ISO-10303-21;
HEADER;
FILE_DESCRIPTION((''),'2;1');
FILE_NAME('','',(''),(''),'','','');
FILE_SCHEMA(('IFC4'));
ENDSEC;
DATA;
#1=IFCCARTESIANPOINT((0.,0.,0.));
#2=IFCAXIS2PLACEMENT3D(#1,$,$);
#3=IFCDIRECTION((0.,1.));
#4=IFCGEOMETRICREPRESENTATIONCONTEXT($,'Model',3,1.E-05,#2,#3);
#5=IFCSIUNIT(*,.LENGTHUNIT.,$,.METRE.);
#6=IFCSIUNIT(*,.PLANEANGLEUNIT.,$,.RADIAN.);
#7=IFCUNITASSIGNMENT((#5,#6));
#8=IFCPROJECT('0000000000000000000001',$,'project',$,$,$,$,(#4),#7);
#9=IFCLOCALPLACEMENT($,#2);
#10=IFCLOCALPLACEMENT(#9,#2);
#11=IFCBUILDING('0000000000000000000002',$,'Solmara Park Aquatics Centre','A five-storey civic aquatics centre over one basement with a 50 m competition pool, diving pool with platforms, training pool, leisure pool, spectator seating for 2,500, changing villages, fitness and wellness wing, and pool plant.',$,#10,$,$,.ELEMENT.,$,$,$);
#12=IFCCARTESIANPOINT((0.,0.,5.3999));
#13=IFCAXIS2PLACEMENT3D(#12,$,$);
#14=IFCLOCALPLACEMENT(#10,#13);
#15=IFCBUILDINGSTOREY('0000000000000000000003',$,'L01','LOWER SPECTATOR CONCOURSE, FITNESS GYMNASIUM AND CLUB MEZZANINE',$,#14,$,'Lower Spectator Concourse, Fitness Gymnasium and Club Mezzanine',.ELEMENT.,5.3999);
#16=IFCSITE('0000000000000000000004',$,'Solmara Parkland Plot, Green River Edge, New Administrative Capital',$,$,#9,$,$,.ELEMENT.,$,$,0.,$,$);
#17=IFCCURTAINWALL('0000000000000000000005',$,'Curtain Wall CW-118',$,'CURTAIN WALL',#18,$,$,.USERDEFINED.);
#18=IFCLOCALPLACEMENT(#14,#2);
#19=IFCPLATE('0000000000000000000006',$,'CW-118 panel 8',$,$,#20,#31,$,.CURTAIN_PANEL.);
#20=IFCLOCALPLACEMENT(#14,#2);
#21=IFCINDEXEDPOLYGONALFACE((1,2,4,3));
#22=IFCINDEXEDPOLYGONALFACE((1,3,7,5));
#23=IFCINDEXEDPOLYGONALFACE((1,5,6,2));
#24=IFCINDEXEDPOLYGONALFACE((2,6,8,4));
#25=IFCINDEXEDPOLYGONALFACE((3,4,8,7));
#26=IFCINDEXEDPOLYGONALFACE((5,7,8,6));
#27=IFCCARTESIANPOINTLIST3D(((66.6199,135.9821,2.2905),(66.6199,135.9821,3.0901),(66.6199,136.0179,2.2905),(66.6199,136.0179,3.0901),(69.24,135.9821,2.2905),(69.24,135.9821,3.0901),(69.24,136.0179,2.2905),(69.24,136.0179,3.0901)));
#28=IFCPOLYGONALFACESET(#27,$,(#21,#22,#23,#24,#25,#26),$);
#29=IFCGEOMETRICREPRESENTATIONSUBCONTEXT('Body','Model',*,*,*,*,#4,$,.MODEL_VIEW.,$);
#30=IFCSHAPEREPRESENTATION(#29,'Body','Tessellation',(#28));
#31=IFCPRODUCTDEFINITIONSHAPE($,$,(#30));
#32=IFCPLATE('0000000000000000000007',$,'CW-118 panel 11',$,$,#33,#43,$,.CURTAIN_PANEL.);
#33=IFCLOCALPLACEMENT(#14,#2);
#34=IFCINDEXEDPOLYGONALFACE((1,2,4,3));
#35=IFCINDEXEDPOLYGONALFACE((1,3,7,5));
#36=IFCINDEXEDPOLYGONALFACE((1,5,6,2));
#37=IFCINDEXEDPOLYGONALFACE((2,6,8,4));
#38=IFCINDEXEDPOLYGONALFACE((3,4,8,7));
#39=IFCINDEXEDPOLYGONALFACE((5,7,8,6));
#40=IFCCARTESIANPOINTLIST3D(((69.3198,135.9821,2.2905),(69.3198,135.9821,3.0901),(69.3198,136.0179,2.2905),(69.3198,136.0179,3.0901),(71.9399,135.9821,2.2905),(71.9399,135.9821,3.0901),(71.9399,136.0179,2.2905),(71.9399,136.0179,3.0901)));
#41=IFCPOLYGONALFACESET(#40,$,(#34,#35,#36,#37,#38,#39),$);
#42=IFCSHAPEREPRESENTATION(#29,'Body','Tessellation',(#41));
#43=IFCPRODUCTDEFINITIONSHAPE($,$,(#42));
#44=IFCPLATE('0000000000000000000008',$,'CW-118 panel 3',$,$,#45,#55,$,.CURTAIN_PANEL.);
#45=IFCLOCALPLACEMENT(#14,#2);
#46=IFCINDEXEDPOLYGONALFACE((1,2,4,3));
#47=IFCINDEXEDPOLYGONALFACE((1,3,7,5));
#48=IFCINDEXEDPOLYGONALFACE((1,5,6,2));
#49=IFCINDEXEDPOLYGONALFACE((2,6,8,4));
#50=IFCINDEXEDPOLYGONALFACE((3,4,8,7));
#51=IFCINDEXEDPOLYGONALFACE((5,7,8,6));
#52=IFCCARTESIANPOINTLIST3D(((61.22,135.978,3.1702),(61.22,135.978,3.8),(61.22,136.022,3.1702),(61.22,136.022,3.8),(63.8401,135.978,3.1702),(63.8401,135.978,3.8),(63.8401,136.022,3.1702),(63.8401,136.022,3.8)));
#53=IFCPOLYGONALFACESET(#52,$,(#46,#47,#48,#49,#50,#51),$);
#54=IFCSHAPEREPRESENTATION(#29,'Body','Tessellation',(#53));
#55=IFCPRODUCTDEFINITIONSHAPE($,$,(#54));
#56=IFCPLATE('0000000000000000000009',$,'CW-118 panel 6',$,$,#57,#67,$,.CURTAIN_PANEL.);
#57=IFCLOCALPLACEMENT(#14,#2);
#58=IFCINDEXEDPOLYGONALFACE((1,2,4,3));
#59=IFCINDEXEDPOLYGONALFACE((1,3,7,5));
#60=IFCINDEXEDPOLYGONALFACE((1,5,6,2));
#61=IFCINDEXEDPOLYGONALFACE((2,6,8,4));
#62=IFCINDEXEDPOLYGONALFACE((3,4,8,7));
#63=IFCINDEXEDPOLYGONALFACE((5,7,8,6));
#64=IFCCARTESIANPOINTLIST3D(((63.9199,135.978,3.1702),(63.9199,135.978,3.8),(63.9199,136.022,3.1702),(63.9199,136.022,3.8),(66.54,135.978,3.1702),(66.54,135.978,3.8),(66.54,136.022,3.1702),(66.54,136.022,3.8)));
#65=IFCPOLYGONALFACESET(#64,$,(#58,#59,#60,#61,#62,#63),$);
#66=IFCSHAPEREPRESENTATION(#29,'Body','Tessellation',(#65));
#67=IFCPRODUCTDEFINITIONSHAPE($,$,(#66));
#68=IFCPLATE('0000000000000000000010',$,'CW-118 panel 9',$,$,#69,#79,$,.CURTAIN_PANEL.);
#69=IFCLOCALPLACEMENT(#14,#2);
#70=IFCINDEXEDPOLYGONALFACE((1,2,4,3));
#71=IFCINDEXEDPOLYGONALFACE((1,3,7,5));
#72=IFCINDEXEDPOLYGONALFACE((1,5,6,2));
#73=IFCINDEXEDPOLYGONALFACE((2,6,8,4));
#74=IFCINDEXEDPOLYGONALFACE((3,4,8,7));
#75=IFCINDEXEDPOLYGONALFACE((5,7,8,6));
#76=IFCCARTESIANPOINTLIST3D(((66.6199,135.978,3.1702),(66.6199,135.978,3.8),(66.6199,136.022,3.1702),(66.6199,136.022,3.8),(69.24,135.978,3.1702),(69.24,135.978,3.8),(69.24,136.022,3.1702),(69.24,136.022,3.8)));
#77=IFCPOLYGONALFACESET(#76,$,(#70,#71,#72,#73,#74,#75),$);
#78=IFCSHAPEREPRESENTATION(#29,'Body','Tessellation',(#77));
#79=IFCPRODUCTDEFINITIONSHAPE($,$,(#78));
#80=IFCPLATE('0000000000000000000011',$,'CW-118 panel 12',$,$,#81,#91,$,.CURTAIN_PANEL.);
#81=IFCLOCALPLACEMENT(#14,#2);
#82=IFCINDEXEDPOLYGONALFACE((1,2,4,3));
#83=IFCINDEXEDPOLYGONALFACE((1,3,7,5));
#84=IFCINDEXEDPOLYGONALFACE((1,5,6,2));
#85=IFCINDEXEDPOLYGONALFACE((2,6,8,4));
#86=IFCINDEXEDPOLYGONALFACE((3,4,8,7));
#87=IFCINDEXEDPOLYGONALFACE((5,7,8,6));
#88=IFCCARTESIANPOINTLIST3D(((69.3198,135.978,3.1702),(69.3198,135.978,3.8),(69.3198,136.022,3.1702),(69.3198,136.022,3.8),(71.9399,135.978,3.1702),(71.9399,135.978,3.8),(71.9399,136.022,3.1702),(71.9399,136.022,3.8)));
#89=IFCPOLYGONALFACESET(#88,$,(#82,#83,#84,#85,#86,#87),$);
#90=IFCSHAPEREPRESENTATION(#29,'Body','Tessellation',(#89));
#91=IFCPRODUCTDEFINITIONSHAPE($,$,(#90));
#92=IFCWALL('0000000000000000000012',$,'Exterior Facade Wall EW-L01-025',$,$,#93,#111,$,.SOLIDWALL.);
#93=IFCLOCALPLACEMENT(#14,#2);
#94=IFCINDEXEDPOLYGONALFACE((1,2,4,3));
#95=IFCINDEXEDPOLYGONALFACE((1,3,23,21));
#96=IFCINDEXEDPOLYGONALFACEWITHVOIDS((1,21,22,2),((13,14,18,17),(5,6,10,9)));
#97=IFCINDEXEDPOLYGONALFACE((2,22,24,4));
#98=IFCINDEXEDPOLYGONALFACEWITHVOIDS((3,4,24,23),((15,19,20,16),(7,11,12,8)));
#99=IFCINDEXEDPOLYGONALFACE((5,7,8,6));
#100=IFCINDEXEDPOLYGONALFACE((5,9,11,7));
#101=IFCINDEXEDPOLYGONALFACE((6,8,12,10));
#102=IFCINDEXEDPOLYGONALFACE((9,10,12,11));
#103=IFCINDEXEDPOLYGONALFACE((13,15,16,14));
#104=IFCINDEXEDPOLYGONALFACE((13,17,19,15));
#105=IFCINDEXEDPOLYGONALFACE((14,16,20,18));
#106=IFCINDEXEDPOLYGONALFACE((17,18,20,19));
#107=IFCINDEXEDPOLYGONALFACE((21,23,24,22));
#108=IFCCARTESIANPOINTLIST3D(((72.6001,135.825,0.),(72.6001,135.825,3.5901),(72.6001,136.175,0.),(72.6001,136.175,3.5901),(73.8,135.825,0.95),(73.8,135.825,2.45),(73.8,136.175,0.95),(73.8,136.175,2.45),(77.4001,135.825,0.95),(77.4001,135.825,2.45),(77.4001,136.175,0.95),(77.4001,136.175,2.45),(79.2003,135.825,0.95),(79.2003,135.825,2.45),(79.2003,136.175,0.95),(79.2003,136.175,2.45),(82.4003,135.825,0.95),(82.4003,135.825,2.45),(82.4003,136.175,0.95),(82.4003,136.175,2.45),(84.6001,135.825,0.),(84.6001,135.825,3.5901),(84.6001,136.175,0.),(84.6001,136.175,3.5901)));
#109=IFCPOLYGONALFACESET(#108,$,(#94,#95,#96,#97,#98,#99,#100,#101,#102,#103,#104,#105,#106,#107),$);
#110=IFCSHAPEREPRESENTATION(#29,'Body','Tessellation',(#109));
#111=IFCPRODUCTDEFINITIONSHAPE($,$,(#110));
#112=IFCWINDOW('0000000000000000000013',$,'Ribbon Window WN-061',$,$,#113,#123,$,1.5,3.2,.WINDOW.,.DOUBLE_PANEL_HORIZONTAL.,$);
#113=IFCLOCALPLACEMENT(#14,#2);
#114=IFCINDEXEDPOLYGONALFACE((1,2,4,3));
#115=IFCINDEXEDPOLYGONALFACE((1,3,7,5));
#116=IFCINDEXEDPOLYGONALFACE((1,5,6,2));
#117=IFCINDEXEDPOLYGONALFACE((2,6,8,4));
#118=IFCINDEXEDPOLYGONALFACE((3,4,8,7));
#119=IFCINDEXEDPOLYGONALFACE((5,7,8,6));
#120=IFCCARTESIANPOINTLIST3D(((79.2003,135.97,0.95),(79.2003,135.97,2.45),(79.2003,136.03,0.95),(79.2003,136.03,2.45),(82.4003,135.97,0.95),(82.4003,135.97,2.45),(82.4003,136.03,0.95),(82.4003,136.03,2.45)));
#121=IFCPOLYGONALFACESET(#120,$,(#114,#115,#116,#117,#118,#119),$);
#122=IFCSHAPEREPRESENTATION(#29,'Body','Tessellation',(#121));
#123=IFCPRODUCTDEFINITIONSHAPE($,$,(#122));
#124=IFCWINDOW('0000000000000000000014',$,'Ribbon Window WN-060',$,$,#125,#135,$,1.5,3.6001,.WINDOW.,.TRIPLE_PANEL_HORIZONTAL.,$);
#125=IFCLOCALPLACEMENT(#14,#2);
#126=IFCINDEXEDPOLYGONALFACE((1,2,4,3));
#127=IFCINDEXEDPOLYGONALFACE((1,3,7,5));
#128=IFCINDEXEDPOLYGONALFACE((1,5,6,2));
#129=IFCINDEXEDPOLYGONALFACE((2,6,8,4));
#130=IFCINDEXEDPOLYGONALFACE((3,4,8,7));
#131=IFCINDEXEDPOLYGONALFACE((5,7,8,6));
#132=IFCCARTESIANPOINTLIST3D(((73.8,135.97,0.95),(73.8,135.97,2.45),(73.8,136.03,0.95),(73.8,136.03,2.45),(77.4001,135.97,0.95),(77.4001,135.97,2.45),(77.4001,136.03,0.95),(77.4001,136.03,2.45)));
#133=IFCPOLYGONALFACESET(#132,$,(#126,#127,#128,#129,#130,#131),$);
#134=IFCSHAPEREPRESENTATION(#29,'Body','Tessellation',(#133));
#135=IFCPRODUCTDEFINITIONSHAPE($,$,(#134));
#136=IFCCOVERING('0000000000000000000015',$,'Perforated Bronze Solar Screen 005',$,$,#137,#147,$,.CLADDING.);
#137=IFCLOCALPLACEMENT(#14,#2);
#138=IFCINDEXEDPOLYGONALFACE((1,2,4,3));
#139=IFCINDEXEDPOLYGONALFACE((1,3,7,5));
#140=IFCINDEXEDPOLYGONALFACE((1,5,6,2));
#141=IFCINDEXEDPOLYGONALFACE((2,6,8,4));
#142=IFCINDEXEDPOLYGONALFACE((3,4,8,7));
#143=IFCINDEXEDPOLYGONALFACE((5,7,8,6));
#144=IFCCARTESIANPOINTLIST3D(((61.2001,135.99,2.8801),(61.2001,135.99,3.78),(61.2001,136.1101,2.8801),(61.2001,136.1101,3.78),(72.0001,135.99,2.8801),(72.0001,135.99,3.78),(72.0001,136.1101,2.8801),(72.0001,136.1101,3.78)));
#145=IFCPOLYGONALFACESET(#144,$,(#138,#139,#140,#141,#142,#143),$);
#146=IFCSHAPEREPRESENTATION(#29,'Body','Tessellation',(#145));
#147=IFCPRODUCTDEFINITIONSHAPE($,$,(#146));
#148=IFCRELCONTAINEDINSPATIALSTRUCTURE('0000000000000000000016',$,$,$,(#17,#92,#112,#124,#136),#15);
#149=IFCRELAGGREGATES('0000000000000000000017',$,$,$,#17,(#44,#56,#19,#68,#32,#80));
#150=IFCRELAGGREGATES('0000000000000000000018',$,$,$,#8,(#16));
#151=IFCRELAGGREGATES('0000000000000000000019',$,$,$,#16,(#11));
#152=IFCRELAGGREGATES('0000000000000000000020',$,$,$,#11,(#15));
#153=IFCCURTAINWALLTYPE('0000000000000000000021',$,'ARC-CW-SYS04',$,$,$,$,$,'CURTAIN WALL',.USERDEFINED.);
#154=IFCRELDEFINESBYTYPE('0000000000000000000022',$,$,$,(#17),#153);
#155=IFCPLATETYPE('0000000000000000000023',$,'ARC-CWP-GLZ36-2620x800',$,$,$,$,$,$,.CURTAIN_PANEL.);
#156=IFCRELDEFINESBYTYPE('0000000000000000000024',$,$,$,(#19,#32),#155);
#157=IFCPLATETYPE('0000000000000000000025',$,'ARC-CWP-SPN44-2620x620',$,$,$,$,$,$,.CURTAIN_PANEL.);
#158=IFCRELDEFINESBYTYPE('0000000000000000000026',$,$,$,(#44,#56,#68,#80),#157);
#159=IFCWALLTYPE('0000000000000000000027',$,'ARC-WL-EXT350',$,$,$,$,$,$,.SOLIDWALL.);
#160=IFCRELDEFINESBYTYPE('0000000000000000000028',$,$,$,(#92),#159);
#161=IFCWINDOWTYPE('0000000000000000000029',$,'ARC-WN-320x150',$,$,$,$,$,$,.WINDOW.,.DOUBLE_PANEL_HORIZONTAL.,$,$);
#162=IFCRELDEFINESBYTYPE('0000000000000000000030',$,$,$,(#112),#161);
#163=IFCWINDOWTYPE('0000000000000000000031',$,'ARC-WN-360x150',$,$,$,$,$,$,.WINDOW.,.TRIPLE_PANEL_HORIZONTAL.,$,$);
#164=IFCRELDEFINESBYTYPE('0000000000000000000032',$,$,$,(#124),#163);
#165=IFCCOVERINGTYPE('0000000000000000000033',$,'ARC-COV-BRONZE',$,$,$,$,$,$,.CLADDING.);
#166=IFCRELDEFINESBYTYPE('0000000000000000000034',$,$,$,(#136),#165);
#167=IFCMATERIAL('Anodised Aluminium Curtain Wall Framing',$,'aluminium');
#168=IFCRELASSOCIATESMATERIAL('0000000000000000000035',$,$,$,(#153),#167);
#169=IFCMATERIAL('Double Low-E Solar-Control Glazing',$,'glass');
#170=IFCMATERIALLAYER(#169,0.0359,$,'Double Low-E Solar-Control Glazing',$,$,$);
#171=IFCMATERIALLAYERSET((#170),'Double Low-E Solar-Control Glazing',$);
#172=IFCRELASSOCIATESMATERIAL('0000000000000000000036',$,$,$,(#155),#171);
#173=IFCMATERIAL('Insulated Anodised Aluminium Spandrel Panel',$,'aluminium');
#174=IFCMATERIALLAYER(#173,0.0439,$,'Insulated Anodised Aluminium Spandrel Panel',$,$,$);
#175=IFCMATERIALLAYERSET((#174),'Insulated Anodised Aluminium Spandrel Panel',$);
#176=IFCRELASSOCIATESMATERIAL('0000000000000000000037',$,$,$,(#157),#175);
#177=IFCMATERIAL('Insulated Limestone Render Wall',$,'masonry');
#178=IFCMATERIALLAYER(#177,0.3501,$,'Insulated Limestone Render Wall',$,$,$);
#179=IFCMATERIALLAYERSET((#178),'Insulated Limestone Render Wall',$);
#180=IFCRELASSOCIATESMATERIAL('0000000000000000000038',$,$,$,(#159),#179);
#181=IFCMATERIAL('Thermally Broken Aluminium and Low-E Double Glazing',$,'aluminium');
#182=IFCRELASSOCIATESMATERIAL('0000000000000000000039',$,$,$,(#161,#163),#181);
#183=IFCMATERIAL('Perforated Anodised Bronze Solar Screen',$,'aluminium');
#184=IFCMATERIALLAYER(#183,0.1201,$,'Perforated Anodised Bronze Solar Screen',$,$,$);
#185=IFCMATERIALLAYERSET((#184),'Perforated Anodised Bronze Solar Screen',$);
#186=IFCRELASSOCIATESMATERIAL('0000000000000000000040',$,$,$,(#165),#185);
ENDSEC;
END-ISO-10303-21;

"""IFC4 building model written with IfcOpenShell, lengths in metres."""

from ifc_helpers import new_model, si_unit, direction, frame, frame_2d, origin, origin_2d, place, context, subcontext, project, spatial, rectangle, extrude, material, layer, layer_set, type_object, element, fill, aggregate, save


model = new_model("IFC4")

# Units and contexts
model_context = context("Model", 3, precision=1e-05, world=origin(), true_north=direction((0.0, 1.0)))
body_context = subcontext(model_context, "Body", "Model", "MODEL_VIEW")
ifc_project = project(units=[si_unit("LENGTHUNIT", "METRE"), si_unit("PLANEANGLEUNIT", "RADIAN")], contexts=[model_context])

# Site, building, storey
site_placement = place(None, origin())
site = spatial("IfcSite", under=ifc_project, at=site_placement, Name="Solmara Parkland Plot, Green River Edge, New Administrative Capital", CompositionType="ELEMENT", RefElevation=0.0)
building_placement = place(site_placement, origin())
building = spatial("IfcBuilding", under=site, at=building_placement, Name="Solmara Park Aquatics Centre", Description="A five-storey civic aquatics centre over one basement with a 50 m competition pool, diving pool with platforms, training pool, leisure pool, spectator seating for 2,500, changing villages, fitness and wellness wing, and pool plant.", CompositionType="ELEMENT")
storey_placement = place(building_placement, frame((0.0, 0.0, 5.3999)))
storey = spatial("IfcBuildingStorey", under=building, at=storey_placement, Name="L01", Description="LOWER SPECTATOR CONCOURSE, FITNESS GYMNASIUM AND CLUB MEZZANINE", LongName="Lower Spectator Concourse, Fitness Gymnasium and Club Mezzanine", CompositionType="ELEMENT", Elevation=5.3999)

# Curtain wall
ifc_material_1 = material(Name="Anodised Aluminium Curtain Wall Framing", Category="aluminium")
curtain_wall_type = type_object("IfcCurtainWallType", Name="ARC-CW-SYS04", ElementType="CURTAIN WALL", PredefinedType="USERDEFINED", material=ifc_material_1)
curtain_wall_placement = place(storey_placement, origin())
curtain_wall = element("IfcCurtainWall", 1, at=curtain_wall_placement, inside=storey, type_object=curtain_wall_type, Name="Curtain Wall CW-118", ObjectType="CURTAIN WALL", PredefinedType="USERDEFINED")

# Plates
ifc_material_2 = material(Name="Double Low-E Solar-Control Glazing", Category="glass")
ifc_layer_1 = layer(ifc_material_2, 0.0359, Name="Double Low-E Solar-Control Glazing")
ifc_layer_set_1 = layer_set([ifc_layer_1], Name="Double Low-E Solar-Control Glazing")
plate_type_1 = type_object("IfcPlateType", Name="ARC-CWP-GLZ36-2620x800", PredefinedType="CURTAIN_PANEL", material=ifc_layer_set_1)
plate_1_placement = place(storey_placement, frame((67.9299, 136.0, 2.2905), z_axis=(0.0, 0.0, 1.0), x_axis=(1.0, 0.0, 0.0)))
plate_1 = element("IfcPlate", 2, at=plate_1_placement, type_object=plate_type_1, Name="CW-118 panel 8", PredefinedType="CURTAIN_PANEL", context=body_context, shape_type="SweptSolid", body=[
    extrude(rectangle(XDim=2.6201, YDim=0.0359, at=origin_2d()), origin(), (0.0, 0.0, 1.0), 0.7996),
])
plate_2_placement = place(storey_placement, frame((70.6299, 136.0, 2.2905), z_axis=(0.0, 0.0, 1.0), x_axis=(1.0, 0.0, 0.0)))
plate_2 = element("IfcPlate", 3, at=plate_2_placement, type_object=plate_type_1, Name="CW-118 panel 11", PredefinedType="CURTAIN_PANEL", context=body_context, shape_type="SweptSolid", body=[
    extrude(rectangle(XDim=2.6201, YDim=0.0359, at=origin_2d()), origin(), (0.0, 0.0, 1.0), 0.7996),
])
ifc_material_3 = material(Name="Insulated Anodised Aluminium Spandrel Panel", Category="aluminium")
ifc_layer_2 = layer(ifc_material_3, 0.0439, Name="Insulated Anodised Aluminium Spandrel Panel")
ifc_layer_set_2 = layer_set([ifc_layer_2], Name="Insulated Anodised Aluminium Spandrel Panel")
plate_type_2 = type_object("IfcPlateType", Name="ARC-CWP-SPN44-2620x620", PredefinedType="CURTAIN_PANEL", material=ifc_layer_set_2)
plate_3_placement = place(storey_placement, frame((62.53, 136.0, 3.1702), z_axis=(0.0, 0.0, 1.0), x_axis=(1.0, 0.0, 0.0)))
plate_3 = element("IfcPlate", 4, at=plate_3_placement, type_object=plate_type_2, Name="CW-118 panel 3", PredefinedType="CURTAIN_PANEL", context=body_context, shape_type="SweptSolid", body=[
    extrude(rectangle(XDim=2.6201, YDim=0.0439, at=origin_2d()), origin(), (0.0, 0.0, 1.0), 0.6299),
])
plate_4_placement = place(storey_placement, frame((65.23, 136.0, 3.1702), z_axis=(0.0, 0.0, 1.0), x_axis=(1.0, 0.0, 0.0)))
plate_4 = element("IfcPlate", 5, at=plate_4_placement, type_object=plate_type_2, Name="CW-118 panel 6", PredefinedType="CURTAIN_PANEL", context=body_context, shape_type="SweptSolid", body=[
    extrude(rectangle(XDim=2.6201, YDim=0.0439, at=origin_2d()), origin(), (0.0, 0.0, 1.0), 0.6299),
])
plate_5_placement = place(storey_placement, frame((67.9299, 136.0, 3.1702), z_axis=(0.0, 0.0, 1.0), x_axis=(1.0, 0.0, 0.0)))
plate_5 = element("IfcPlate", 6, at=plate_5_placement, type_object=plate_type_2, Name="CW-118 panel 9", PredefinedType="CURTAIN_PANEL", context=body_context, shape_type="SweptSolid", body=[
    extrude(rectangle(XDim=2.6201, YDim=0.0439, at=origin_2d()), origin(), (0.0, 0.0, 1.0), 0.6299),
])
plate_6_placement = place(storey_placement, frame((70.6299, 136.0, 3.1702), z_axis=(0.0, 0.0, 1.0), x_axis=(1.0, 0.0, 0.0)))
plate_6 = element("IfcPlate", 7, at=plate_6_placement, type_object=plate_type_2, Name="CW-118 panel 12", PredefinedType="CURTAIN_PANEL", context=body_context, shape_type="SweptSolid", body=[
    extrude(rectangle(XDim=2.6201, YDim=0.0439, at=origin_2d()), origin(), (0.0, 0.0, 1.0), 0.6299),
])
aggregate(curtain_wall, [plate_3, plate_4, plate_1, plate_5, plate_2, plate_6])

# Wall, openings, windows
ifc_material_4 = material(Name="Insulated Limestone Render Wall", Category="masonry")
ifc_layer_3 = layer(ifc_material_4, 0.3501, Name="Insulated Limestone Render Wall")
ifc_layer_set_3 = layer_set([ifc_layer_3], Name="Insulated Limestone Render Wall")
wall_type = type_object("IfcWallType", Name="ARC-WL-EXT350", PredefinedType="SOLIDWALL", material=ifc_layer_set_3)
wall_placement = place(storey_placement, frame((72.6001, 136.0, 0.0), z_axis=(0.0, 0.0, 1.0), x_axis=(1.0, 0.0, 0.0)))
wall = element("IfcWall", 8, at=wall_placement, inside=storey, type_object=wall_type, Name="Exterior Facade Wall EW-L01-025", PredefinedType="SOLIDWALL", context=body_context, shape_type="SweptSolid", body=[
    extrude(rectangle(XDim=12.0, YDim=0.3501, at=frame_2d((6.0, 0.0))), origin(), (0.0, 0.0, 1.0), 3.5901),
])
opening_1_placement = place(wall_placement, frame((1.2, 0.0, 0.95)))
opening_1 = element("IfcOpeningElement", 9, at=opening_1_placement, cuts=wall, PredefinedType="OPENING", context=body_context, shape_type="SweptSolid", body=[
    extrude(rectangle(XDim=3.6001, YDim=1.5, at=frame_2d((1.8, 0.75))), frame((0.0, 0.1851, 0.0), z_axis=(0.0, -1.0, 0.0), x_axis=(1.0, 0.0, 0.0)), (0.0, 0.0, 1.0), 0.3701),
])
opening_2_placement = place(wall_placement, frame((6.6001, 0.0, 0.95)))
opening_2 = element("IfcOpeningElement", 10, at=opening_2_placement, cuts=wall, PredefinedType="OPENING", context=body_context, shape_type="SweptSolid", body=[
    extrude(rectangle(XDim=3.2, YDim=1.5, at=frame_2d((1.6001, 0.75))), frame((0.0, 0.1851, 0.0), z_axis=(0.0, -1.0, 0.0), x_axis=(1.0, 0.0, 0.0)), (0.0, 0.0, 1.0), 0.3701),
])
ifc_material_5 = material(Name="Thermally Broken Aluminium and Low-E Double Glazing", Category="aluminium")
window_type_1 = type_object("IfcWindowType", Name="ARC-WN-320x150", PartitioningType="DOUBLE_PANEL_HORIZONTAL", PredefinedType="WINDOW", material=ifc_material_5)
window_1_placement = place(opening_2_placement, origin())
window_1 = element("IfcWindow", 11, at=window_1_placement, inside=storey, type_object=window_type_1, Name="Ribbon Window WN-061", OverallHeight=1.5, OverallWidth=3.2, PartitioningType="DOUBLE_PANEL_HORIZONTAL", PredefinedType="WINDOW", context=body_context, shape_type="SweptSolid", body=[
    extrude(rectangle(XDim=3.2, YDim=1.5, at=frame_2d((1.6001, 0.75))), frame((0.0, 0.03, 0.0), z_axis=(0.0, -1.0, 0.0), x_axis=(1.0, 0.0, 0.0)), (0.0, 0.0, 1.0), 0.0601),
])
fill(opening_2, window_1)
window_type_2 = type_object("IfcWindowType", Name="ARC-WN-360x150", PartitioningType="TRIPLE_PANEL_HORIZONTAL", PredefinedType="WINDOW", material=ifc_material_5)
window_2_placement = place(opening_1_placement, origin())
window_2 = element("IfcWindow", 12, at=window_2_placement, inside=storey, type_object=window_type_2, Name="Ribbon Window WN-060", OverallHeight=1.5, OverallWidth=3.6001, PartitioningType="TRIPLE_PANEL_HORIZONTAL", PredefinedType="WINDOW", context=body_context, shape_type="SweptSolid", body=[
    extrude(rectangle(XDim=3.6001, YDim=1.5, at=frame_2d((1.8, 0.75))), frame((0.0, 0.03, 0.0), z_axis=(0.0, -1.0, 0.0), x_axis=(1.0, 0.0, 0.0)), (0.0, 0.0, 1.0), 0.0601),
])
fill(opening_1, window_2)

# Covering
ifc_material_6 = material(Name="Perforated Anodised Bronze Solar Screen", Category="aluminium")
ifc_layer_4 = layer(ifc_material_6, 0.1201, Name="Perforated Anodised Bronze Solar Screen")
ifc_layer_set_4 = layer_set([ifc_layer_4], Name="Perforated Anodised Bronze Solar Screen")
covering_type = type_object("IfcCoveringType", Name="ARC-COV-BRONZE", PredefinedType="CLADDING", material=ifc_layer_set_4)
covering_placement = place(storey_placement, frame((66.6001, 136.05, 2.8801), z_axis=(0.0, 0.0, 1.0), x_axis=(1.0, 0.0, 0.0)))
element("IfcCovering", 13, at=covering_placement, inside=storey, type_object=covering_type, Name="Perforated Bronze Solar Screen 005", PredefinedType="CLADDING", context=body_context, shape_type="SweptSolid", body=[
    extrude(rectangle(XDim=10.8, YDim=0.1201, at=origin_2d()), origin(), (0.0, 0.0, 1.0), 0.8999),
])

save(model, "model.ifc")
